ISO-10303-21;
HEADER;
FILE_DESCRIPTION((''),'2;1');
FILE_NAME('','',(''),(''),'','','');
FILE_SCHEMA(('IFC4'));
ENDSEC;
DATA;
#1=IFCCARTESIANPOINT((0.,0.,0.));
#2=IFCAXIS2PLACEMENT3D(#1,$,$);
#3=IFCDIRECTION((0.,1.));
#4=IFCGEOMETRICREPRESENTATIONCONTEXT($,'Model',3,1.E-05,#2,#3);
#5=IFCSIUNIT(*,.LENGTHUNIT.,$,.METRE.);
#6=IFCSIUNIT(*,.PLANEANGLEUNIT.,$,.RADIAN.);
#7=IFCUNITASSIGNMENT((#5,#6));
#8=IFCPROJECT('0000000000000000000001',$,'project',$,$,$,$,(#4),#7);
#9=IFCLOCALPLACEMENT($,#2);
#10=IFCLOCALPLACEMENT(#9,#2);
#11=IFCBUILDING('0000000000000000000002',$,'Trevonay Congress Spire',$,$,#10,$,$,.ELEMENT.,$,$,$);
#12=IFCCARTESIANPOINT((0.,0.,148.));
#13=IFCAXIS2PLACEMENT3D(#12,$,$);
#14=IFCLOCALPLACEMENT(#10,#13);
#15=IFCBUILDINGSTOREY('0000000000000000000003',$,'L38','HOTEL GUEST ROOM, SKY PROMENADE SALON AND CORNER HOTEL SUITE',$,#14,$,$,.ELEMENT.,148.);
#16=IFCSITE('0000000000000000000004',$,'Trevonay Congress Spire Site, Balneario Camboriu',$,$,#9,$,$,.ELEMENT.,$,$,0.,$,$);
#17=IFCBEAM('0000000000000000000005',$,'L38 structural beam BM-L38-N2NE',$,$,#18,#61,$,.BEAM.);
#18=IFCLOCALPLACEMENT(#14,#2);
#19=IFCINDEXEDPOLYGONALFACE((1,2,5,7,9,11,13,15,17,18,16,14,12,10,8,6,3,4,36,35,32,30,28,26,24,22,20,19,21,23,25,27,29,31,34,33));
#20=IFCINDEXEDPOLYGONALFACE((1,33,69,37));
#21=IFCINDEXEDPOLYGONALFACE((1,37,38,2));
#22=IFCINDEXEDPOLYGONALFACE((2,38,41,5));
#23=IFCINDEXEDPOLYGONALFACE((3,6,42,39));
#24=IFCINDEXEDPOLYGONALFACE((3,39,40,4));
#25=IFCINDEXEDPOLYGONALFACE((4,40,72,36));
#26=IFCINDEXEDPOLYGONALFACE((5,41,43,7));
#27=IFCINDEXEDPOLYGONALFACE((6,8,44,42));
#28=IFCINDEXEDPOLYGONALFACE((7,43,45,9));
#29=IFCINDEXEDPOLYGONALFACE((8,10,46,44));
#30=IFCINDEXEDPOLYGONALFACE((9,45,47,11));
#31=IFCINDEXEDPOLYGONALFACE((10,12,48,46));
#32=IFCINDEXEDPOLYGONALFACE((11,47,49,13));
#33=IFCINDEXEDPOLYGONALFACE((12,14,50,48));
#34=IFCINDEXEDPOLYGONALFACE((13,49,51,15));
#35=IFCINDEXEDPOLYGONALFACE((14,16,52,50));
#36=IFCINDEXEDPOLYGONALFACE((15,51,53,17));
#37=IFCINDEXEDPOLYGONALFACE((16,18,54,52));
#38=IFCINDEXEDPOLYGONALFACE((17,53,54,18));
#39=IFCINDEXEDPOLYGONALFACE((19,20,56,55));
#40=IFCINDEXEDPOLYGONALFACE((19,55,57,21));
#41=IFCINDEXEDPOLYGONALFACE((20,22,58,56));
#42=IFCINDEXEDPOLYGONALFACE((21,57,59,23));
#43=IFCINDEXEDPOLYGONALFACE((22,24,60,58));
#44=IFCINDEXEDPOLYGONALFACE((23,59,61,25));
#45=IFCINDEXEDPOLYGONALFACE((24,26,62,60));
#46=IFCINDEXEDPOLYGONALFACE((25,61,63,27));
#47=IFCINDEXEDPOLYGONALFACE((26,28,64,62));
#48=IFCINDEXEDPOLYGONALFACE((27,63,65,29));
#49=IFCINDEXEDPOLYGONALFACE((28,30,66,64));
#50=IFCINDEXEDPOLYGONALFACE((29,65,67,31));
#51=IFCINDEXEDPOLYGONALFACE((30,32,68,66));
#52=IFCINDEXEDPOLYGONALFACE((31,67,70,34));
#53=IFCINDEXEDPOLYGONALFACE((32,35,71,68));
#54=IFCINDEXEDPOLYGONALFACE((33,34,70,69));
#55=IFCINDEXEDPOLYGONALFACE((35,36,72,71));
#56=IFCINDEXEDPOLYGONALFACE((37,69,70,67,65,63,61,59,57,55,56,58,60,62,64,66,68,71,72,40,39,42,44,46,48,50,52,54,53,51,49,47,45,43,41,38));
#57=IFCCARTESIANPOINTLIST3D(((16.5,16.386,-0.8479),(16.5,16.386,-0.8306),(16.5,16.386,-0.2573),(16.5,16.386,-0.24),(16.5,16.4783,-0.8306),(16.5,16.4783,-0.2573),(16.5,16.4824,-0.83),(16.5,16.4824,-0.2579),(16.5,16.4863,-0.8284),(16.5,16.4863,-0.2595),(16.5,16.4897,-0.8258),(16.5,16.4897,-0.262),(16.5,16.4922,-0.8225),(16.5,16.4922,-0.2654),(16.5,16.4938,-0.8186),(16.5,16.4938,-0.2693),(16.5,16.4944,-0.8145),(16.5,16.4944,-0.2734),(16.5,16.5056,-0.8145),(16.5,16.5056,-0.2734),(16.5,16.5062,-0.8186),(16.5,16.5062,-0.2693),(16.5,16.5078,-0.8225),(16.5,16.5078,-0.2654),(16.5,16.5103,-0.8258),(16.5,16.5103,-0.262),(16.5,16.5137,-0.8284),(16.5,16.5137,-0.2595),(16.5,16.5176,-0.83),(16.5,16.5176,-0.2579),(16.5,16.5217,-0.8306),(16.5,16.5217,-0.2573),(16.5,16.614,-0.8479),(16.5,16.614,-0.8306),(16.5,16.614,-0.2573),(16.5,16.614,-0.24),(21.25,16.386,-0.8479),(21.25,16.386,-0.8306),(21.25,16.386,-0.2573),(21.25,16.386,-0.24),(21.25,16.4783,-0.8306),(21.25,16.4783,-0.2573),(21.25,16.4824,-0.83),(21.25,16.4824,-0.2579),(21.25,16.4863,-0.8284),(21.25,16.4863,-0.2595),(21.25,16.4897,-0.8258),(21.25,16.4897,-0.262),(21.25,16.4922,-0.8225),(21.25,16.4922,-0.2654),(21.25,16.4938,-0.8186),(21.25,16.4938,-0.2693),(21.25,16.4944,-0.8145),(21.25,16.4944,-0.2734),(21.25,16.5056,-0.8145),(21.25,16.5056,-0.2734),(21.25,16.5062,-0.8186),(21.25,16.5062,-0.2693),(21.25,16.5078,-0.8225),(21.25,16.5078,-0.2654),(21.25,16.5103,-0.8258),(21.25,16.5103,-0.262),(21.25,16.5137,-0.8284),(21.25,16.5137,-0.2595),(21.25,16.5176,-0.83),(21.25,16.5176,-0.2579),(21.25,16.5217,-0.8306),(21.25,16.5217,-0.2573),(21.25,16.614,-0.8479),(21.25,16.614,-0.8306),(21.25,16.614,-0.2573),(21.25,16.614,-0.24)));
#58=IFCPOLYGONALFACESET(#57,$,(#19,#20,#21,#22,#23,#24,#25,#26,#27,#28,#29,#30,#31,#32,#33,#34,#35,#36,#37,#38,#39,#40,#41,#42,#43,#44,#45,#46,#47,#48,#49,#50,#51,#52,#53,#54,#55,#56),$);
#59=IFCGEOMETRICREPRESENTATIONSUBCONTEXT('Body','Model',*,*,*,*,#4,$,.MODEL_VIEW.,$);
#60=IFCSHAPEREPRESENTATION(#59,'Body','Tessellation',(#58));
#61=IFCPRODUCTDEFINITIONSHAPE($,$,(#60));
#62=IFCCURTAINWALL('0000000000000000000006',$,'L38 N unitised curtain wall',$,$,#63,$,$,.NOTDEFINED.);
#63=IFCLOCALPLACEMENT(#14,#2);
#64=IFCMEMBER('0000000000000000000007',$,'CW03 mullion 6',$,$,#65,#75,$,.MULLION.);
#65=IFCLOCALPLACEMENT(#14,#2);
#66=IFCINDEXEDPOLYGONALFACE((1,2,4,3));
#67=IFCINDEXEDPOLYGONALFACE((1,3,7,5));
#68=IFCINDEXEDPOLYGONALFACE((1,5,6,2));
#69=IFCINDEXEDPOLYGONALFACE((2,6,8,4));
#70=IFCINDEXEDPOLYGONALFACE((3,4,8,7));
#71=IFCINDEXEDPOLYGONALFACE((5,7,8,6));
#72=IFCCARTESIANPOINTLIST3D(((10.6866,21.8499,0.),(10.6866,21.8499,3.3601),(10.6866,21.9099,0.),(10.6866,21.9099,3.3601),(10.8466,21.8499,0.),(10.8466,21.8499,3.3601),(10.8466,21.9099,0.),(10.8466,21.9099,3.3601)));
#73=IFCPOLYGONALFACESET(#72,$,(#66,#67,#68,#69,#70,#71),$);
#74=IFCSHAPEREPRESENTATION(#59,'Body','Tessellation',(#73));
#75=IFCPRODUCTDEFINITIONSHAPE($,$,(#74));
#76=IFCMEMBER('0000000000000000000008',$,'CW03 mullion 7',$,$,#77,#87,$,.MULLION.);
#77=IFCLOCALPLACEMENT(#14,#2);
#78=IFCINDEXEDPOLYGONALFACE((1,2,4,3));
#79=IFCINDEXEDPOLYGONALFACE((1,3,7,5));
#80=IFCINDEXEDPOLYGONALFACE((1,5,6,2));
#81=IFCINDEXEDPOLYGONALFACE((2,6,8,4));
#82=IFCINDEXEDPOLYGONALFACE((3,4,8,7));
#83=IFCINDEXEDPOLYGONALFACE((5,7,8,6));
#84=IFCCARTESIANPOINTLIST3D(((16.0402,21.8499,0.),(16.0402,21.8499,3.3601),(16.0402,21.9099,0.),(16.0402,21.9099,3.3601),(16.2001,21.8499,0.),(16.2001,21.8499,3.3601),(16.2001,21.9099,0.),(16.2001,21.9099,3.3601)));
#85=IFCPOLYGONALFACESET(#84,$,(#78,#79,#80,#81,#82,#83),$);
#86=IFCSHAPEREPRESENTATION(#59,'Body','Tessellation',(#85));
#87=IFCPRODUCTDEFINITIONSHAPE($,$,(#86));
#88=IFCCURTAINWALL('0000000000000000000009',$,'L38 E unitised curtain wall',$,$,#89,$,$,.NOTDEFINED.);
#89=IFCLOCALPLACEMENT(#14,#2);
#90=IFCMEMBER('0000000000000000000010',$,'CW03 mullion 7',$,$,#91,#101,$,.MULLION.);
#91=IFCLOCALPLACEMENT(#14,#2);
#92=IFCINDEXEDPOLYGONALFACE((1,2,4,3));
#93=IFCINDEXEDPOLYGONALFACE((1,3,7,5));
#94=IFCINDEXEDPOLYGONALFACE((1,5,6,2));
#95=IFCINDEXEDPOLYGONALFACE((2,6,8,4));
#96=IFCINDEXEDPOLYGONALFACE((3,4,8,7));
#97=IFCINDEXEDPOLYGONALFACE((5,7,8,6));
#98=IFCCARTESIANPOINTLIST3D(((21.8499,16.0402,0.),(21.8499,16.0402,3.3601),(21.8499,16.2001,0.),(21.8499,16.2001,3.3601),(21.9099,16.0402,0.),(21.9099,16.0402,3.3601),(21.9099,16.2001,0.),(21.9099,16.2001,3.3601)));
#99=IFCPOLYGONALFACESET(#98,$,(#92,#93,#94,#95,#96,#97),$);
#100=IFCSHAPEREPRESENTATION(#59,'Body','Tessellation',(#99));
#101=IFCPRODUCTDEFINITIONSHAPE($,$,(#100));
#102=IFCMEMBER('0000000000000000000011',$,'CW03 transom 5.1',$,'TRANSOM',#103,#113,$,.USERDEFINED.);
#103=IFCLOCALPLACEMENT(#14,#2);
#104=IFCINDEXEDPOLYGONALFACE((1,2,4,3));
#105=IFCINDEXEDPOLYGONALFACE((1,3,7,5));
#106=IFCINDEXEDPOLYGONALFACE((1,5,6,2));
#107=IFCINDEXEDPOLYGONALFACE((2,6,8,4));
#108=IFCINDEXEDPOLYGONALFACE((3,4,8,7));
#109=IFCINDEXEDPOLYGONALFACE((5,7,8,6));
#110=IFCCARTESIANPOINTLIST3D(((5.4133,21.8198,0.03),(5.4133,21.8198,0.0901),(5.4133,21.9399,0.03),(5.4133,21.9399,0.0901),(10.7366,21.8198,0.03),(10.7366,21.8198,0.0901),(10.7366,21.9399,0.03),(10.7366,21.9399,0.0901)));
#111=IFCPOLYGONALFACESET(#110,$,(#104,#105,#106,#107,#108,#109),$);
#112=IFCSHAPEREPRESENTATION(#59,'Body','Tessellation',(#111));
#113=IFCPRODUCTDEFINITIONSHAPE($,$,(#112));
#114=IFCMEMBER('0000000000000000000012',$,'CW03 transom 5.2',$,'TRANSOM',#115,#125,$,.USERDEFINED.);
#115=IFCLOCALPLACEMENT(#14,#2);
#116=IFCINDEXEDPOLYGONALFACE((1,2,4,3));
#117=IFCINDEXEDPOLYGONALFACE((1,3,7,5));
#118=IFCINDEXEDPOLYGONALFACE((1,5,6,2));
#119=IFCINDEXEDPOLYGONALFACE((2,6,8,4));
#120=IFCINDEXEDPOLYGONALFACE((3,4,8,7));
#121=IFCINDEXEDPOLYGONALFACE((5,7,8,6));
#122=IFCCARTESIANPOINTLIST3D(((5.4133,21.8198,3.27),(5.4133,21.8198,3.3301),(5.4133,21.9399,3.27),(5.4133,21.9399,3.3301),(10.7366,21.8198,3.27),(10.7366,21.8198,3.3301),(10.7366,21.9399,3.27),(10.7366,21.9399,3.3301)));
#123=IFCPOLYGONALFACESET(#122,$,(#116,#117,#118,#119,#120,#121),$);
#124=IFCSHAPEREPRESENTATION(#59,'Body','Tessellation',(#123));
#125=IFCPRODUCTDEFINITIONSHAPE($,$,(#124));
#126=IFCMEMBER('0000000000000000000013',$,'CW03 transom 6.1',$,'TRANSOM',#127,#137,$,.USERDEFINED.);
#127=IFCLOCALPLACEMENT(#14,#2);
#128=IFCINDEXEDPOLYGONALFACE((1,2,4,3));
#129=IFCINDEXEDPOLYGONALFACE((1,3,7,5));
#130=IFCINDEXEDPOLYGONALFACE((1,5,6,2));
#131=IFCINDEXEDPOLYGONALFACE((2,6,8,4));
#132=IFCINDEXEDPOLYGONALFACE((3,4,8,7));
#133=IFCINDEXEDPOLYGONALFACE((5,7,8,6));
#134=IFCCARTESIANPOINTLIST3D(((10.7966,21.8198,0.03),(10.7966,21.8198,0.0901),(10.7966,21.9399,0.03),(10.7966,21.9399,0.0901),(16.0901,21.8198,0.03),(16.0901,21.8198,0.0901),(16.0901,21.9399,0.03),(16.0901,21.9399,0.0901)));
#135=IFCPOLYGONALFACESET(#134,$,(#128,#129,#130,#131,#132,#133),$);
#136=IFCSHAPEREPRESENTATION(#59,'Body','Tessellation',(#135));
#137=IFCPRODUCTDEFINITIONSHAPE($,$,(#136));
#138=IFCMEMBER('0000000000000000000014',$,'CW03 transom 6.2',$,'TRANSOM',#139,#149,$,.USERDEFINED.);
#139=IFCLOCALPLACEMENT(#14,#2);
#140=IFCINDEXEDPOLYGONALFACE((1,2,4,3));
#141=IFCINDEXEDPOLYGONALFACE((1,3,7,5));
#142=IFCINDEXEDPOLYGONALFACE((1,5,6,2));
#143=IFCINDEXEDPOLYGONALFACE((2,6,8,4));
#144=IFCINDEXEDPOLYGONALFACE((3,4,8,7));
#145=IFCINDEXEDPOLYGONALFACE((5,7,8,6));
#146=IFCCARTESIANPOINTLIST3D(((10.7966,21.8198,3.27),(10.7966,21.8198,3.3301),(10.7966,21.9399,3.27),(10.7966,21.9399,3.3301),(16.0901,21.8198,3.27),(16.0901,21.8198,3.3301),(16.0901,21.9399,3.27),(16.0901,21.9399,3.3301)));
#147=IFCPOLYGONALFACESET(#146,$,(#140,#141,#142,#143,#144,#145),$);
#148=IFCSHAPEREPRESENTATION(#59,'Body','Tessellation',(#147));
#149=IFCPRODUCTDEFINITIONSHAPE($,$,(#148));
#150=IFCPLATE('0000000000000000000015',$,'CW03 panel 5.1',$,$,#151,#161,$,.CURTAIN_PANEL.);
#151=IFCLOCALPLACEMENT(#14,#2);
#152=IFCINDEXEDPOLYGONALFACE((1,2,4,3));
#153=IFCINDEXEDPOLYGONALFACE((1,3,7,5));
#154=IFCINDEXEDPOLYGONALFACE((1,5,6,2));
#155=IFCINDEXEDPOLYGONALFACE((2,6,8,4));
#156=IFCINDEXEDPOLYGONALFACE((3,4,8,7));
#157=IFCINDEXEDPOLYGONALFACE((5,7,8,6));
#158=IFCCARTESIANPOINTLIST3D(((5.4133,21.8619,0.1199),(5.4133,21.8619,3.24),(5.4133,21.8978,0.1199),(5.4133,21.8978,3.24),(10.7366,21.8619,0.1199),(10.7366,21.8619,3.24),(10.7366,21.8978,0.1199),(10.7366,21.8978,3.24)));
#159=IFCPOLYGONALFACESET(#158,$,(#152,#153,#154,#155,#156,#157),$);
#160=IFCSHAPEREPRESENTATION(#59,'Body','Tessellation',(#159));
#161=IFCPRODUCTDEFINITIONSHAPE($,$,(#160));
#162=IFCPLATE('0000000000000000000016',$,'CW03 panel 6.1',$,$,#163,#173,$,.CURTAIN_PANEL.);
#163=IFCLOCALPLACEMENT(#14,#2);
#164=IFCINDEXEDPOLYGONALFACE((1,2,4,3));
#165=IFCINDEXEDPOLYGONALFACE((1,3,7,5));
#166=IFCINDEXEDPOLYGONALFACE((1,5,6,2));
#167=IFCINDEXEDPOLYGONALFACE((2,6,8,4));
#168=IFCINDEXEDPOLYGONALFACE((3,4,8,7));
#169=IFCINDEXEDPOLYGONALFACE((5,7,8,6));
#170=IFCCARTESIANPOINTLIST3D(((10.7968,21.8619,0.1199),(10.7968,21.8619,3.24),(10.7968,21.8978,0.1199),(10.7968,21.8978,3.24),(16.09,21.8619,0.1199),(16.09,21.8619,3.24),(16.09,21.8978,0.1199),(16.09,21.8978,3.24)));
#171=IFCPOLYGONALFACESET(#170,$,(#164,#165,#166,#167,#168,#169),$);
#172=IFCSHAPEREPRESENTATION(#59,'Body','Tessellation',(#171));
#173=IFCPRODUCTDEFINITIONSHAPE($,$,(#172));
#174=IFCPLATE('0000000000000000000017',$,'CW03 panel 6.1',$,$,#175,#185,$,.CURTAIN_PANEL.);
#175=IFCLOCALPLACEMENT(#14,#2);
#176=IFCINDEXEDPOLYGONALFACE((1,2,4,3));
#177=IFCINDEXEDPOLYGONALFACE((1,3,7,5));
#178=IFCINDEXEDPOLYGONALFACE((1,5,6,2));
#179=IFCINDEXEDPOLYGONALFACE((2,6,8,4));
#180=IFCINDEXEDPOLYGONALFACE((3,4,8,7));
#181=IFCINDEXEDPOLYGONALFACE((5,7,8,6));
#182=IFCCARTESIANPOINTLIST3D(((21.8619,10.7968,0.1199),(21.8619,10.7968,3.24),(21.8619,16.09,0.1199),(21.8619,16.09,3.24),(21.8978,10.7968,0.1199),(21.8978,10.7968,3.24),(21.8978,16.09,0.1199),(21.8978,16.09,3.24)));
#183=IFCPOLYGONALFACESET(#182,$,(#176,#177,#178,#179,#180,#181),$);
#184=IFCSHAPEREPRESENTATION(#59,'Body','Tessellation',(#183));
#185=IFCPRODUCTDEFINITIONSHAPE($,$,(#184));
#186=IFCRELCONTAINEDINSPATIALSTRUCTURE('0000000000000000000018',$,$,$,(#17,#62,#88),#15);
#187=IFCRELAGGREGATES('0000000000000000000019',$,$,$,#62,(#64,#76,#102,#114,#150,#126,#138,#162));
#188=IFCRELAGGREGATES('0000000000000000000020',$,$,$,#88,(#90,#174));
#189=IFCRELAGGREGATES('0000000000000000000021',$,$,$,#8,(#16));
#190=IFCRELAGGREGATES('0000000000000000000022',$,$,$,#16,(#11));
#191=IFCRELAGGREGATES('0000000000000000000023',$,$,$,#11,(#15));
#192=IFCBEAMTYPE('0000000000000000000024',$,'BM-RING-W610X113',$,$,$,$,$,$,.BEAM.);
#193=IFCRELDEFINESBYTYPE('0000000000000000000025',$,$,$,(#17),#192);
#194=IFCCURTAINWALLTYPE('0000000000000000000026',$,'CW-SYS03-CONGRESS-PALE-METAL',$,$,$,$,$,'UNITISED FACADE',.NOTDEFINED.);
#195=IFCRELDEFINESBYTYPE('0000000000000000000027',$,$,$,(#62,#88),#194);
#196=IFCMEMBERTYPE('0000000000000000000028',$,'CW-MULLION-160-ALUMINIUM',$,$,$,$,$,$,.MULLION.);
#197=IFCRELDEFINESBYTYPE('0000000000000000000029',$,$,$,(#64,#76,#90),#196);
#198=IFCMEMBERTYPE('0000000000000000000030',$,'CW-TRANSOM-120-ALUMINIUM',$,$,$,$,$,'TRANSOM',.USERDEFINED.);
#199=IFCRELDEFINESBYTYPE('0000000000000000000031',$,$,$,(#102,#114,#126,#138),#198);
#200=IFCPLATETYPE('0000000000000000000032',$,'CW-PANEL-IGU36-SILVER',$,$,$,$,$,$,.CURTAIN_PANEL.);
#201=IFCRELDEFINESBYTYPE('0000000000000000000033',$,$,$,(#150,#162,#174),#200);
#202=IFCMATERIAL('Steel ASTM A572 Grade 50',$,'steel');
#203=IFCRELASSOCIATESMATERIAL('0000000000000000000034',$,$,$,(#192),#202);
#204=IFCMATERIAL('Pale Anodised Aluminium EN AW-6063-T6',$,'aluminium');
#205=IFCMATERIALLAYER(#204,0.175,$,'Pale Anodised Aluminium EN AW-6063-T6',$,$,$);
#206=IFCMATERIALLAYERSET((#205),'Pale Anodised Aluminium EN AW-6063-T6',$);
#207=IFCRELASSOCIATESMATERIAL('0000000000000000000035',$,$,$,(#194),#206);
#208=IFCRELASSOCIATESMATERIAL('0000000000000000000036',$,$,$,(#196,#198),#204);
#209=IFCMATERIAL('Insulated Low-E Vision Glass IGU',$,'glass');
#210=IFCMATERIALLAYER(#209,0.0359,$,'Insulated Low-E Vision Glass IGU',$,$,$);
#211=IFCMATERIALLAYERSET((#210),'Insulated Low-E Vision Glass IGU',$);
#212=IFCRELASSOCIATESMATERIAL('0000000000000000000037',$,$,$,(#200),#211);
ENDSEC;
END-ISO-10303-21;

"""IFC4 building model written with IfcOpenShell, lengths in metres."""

from ifc_helpers import new_model, si_unit, direction, frame, origin, origin_2d, place, context, subcontext, project, spatial, rectangle, i_section, extrude, material, layer, layer_set, material_profile, profile_set, type_object, element, aggregate, save


model = new_model("IFC4")

# Units and contexts
model_context = context("Model", 3, precision=1e-05, world=origin(), true_north=direction((0.0, 1.0)))
body_context = subcontext(model_context, "Body", "Model", "MODEL_VIEW")
ifc_project = project(units=[si_unit("LENGTHUNIT", "METRE"), si_unit("PLANEANGLEUNIT", "RADIAN")], contexts=[model_context])

# Site, building, storey
site_placement = place(None, origin())
site = spatial("IfcSite", under=ifc_project, at=site_placement, Name="Trevonay Congress Spire Site, Balneario Camboriu", CompositionType="ELEMENT", RefElevation=0.0)
building_placement = place(site_placement, origin())
building = spatial("IfcBuilding", under=site, at=building_placement, Name="Trevonay Congress Spire", CompositionType="ELEMENT")
storey_placement = place(building_placement, frame((0.0, 0.0, 148.0)))
storey = spatial("IfcBuildingStorey", under=building, at=storey_placement, Name="L38", Description="HOTEL GUEST ROOM, SKY PROMENADE SALON AND CORNER HOTEL SUITE", CompositionType="ELEMENT", Elevation=148.0)

# Shared definitions
ifc_material_1 = material(Name="Steel ASTM A572 Grade 50", Category="steel")

# Beam
ifc_material_profile_1 = material_profile(ifc_material_1, i_section(OverallWidth=0.228, OverallDepth=0.6079, WebThickness=0.0112, FlangeThickness=0.0173, FilletRadius=0.0161, at=origin_2d()), Name="W610x113")
ifc_profile_set_1 = profile_set([ifc_material_profile_1], Name="Steel ASTM A572 Grade 50")
beam_type = type_object("IfcBeamType", Name="BM-RING-W610X113", PredefinedType="BEAM", material=ifc_profile_set_1)
for number, where, z_axis, x_axis, name in (
    (1, (21.25, 16.5, -0.5439), (-1.0, 0.0, 0.0), (0.0, -1.0, 0.0), "L38 structural beam BM-L38-N2NE"),
):
    element("IfcBeam", number, at=place(storey_placement, frame(where, z_axis=z_axis, x_axis=x_axis)), inside=storey, type_object=beam_type, Name=name, PredefinedType="BEAM", context=body_context, shape_type="SweptSolid", body=[
        extrude(i_section(OverallWidth=0.228, OverallDepth=0.6079, WebThickness=0.0112, FlangeThickness=0.0173, FilletRadius=0.0161, at=origin_2d()), origin(), (0.0, 0.0, 1.0), 4.75),
    ])

# Curtain wall, members
ifc_material_2 = material(Name="Pale Anodised Aluminium EN AW-6063-T6", Category="aluminium")
ifc_layer_1 = layer(ifc_material_2, 0.175, Name="Pale Anodised Aluminium EN AW-6063-T6")
ifc_layer_set_1 = layer_set([ifc_layer_1], Name="Pale Anodised Aluminium EN AW-6063-T6")
curtain_wall_type = type_object("IfcCurtainWallType", Name="CW-SYS03-CONGRESS-PALE-METAL", ElementType="UNITISED FACADE", PredefinedType="NOTDEFINED", material=ifc_layer_set_1)
curtain_wall_1_placement = place(storey_placement, origin())
curtain_wall_1 = element("IfcCurtainWall", 2, at=curtain_wall_1_placement, inside=storey, type_object=curtain_wall_type, Name="L38 N unitised curtain wall", PredefinedType="NOTDEFINED")
ifc_material_profile_2 = material_profile(ifc_material_2, rectangle(XDim=0.0601, YDim=0.1599, at=origin_2d()), Name="CW-MULLION-160-ALUMINIUM")
ifc_profile_set_2 = profile_set([ifc_material_profile_2], Name="Pale Anodised Aluminium EN AW-6063-T6")
member_type_1 = type_object("IfcMemberType", Name="CW-MULLION-160-ALUMINIUM", PredefinedType="MULLION", material=ifc_profile_set_2)
member_1_placement = place(storey_placement, frame((10.7666, 21.8799, 0.0), z_axis=(0.0, 0.0, 1.0), x_axis=(0.0, 1.0, 0.0)))
member_1 = element("IfcMember", 3, at=member_1_placement, type_object=member_type_1, Name="CW03 mullion 6", PredefinedType="MULLION", context=body_context, shape_type="SweptSolid", body=[
    extrude(rectangle(XDim=0.0601, YDim=0.1599, at=origin_2d()), origin(), (0.0, 0.0, 1.0), 3.3601),
])
member_2_placement = place(storey_placement, frame((16.1201, 21.8799, 0.0), z_axis=(0.0, 0.0, 1.0), x_axis=(0.0, 1.0, 0.0)))
member_2 = element("IfcMember", 4, at=member_2_placement, type_object=member_type_1, Name="CW03 mullion 7", PredefinedType="MULLION", context=body_context, shape_type="SweptSolid", body=[
    extrude(rectangle(XDim=0.0601, YDim=0.1599, at=origin_2d()), origin(), (0.0, 0.0, 1.0), 3.3601),
])

# Curtain wall, member
curtain_wall_2_placement = place(storey_placement, origin())
curtain_wall_2 = element("IfcCurtainWall", 5, at=curtain_wall_2_placement, inside=storey, type_object=curtain_wall_type, Name="L38 E unitised curtain wall", PredefinedType="NOTDEFINED")
member_3_placement = place(storey_placement, frame((21.8799, 16.1201, 0.0), z_axis=(0.0, 0.0, 1.0), x_axis=(-1.0, 0.0, 0.0)))
member_3 = element("IfcMember", 6, at=member_3_placement, type_object=member_type_1, Name="CW03 mullion 7", PredefinedType="MULLION", context=body_context, shape_type="SweptSolid", body=[
    extrude(rectangle(XDim=0.0601, YDim=0.1599, at=origin_2d()), origin(), (0.0, 0.0, 1.0), 3.3601),
])

# Members
ifc_material_profile_3 = material_profile(ifc_material_2, rectangle(XDim=0.1201, YDim=0.0601, at=origin_2d()), Name="CW-TRANSOM-120-ALUMINIUM")
ifc_profile_set_3 = profile_set([ifc_material_profile_3], Name="Pale Anodised Aluminium EN AW-6063-T6")
member_type_2 = type_object("IfcMemberType", Name="CW-TRANSOM-120-ALUMINIUM", ElementType="TRANSOM", PredefinedType="USERDEFINED", material=ifc_profile_set_3)
member_4_placement = place(storey_placement, frame((5.4133, 21.8799, 0.0601), z_axis=(1.0, 0.0, 0.0), x_axis=(0.0, 1.0, 0.0)))
member_4 = element("IfcMember", 7, at=member_4_placement, type_object=member_type_2, Name="CW03 transom 5.1", ObjectType="TRANSOM", PredefinedType="USERDEFINED", context=body_context, shape_type="SweptSolid", body=[
    extrude(rectangle(XDim=0.1201, YDim=0.0601, at=origin_2d()), origin(), (0.0, 0.0, 1.0), 5.3232),
])
member_5_placement = place(storey_placement, frame((5.4133, 21.8799, 3.3), z_axis=(1.0, 0.0, 0.0), x_axis=(0.0, 1.0, 0.0)))
member_5 = element("IfcMember", 8, at=member_5_placement, type_object=member_type_2, Name="CW03 transom 5.2", ObjectType="TRANSOM", PredefinedType="USERDEFINED", context=body_context, shape_type="SweptSolid", body=[
    extrude(rectangle(XDim=0.1201, YDim=0.0601, at=origin_2d()), origin(), (0.0, 0.0, 1.0), 5.3232),
])
member_6_placement = place(storey_placement, frame((10.7966, 21.8799, 0.0601), z_axis=(1.0, 0.0, 0.0), x_axis=(0.0, 1.0, 0.0)))
member_6 = element("IfcMember", 9, at=member_6_placement, type_object=member_type_2, Name="CW03 transom 6.1", ObjectType="TRANSOM", PredefinedType="USERDEFINED", context=body_context, shape_type="SweptSolid", body=[
    extrude(rectangle(XDim=0.1201, YDim=0.0601, at=origin_2d()), origin(), (0.0, 0.0, 1.0), 5.2935),
])
member_7_placement = place(storey_placement, frame((10.7966, 21.8799, 3.3), z_axis=(1.0, 0.0, 0.0), x_axis=(0.0, 1.0, 0.0)))
member_7 = element("IfcMember", 10, at=member_7_placement, type_object=member_type_2, Name="CW03 transom 6.2", ObjectType="TRANSOM", PredefinedType="USERDEFINED", context=body_context, shape_type="SweptSolid", body=[
    extrude(rectangle(XDim=0.1201, YDim=0.0601, at=origin_2d()), origin(), (0.0, 0.0, 1.0), 5.2935),
])

# Plates
ifc_material_3 = material(Name="Insulated Low-E Vision Glass IGU", Category="glass")
ifc_layer_2 = layer(ifc_material_3, 0.0359, Name="Insulated Low-E Vision Glass IGU")
ifc_layer_set_2 = layer_set([ifc_layer_2], Name="Insulated Low-E Vision Glass IGU")
plate_type = type_object("IfcPlateType", Name="CW-PANEL-IGU36-SILVER", PredefinedType="CURTAIN_PANEL", material=ifc_layer_set_2)
plate_1_placement = place(storey_placement, frame((8.075, 21.8799, 0.1199), z_axis=(0.0, 0.0, 1.0), x_axis=(1.0, 0.0, 0.0)))
plate_1 = element("IfcPlate", 11, at=plate_1_placement, type_object=plate_type, Name="CW03 panel 5.1", PredefinedType="CURTAIN_PANEL", context=body_context, shape_type="SweptSolid", body=[
    extrude(rectangle(XDim=5.3232, YDim=0.0359, at=origin_2d()), origin(), (0.0, 0.0, 1.0), 3.1201),
])
plate_2_placement = place(storey_placement, frame((13.4434, 21.8799, 0.1199), z_axis=(0.0, 0.0, 1.0), x_axis=(1.0, 0.0, 0.0)))
plate_2 = element("IfcPlate", 12, at=plate_2_placement, type_object=plate_type, Name="CW03 panel 6.1", PredefinedType="CURTAIN_PANEL", context=body_context, shape_type="SweptSolid", body=[
    extrude(rectangle(XDim=5.2932, YDim=0.0359, at=origin_2d()), origin(), (0.0, 0.0, 1.0), 3.1201),
])
aggregate(curtain_wall_1, [member_1, member_2, member_4, member_5, plate_1, member_6, member_7, plate_2])
plate_3_placement = place(storey_placement, frame((21.8799, 13.4434, 0.1199), z_axis=(0.0, 0.0, 1.0), x_axis=(0.0, 1.0, 0.0)))
plate_3 = element("IfcPlate", 13, at=plate_3_placement, type_object=plate_type, Name="CW03 panel 6.1", PredefinedType="CURTAIN_PANEL", context=body_context, shape_type="SweptSolid", body=[
    extrude(rectangle(XDim=5.2932, YDim=0.0359, at=origin_2d()), origin(), (0.0, 0.0, 1.0), 3.1201),
])
aggregate(curtain_wall_2, [member_3, plate_3])

save(model, "model.ifc")
